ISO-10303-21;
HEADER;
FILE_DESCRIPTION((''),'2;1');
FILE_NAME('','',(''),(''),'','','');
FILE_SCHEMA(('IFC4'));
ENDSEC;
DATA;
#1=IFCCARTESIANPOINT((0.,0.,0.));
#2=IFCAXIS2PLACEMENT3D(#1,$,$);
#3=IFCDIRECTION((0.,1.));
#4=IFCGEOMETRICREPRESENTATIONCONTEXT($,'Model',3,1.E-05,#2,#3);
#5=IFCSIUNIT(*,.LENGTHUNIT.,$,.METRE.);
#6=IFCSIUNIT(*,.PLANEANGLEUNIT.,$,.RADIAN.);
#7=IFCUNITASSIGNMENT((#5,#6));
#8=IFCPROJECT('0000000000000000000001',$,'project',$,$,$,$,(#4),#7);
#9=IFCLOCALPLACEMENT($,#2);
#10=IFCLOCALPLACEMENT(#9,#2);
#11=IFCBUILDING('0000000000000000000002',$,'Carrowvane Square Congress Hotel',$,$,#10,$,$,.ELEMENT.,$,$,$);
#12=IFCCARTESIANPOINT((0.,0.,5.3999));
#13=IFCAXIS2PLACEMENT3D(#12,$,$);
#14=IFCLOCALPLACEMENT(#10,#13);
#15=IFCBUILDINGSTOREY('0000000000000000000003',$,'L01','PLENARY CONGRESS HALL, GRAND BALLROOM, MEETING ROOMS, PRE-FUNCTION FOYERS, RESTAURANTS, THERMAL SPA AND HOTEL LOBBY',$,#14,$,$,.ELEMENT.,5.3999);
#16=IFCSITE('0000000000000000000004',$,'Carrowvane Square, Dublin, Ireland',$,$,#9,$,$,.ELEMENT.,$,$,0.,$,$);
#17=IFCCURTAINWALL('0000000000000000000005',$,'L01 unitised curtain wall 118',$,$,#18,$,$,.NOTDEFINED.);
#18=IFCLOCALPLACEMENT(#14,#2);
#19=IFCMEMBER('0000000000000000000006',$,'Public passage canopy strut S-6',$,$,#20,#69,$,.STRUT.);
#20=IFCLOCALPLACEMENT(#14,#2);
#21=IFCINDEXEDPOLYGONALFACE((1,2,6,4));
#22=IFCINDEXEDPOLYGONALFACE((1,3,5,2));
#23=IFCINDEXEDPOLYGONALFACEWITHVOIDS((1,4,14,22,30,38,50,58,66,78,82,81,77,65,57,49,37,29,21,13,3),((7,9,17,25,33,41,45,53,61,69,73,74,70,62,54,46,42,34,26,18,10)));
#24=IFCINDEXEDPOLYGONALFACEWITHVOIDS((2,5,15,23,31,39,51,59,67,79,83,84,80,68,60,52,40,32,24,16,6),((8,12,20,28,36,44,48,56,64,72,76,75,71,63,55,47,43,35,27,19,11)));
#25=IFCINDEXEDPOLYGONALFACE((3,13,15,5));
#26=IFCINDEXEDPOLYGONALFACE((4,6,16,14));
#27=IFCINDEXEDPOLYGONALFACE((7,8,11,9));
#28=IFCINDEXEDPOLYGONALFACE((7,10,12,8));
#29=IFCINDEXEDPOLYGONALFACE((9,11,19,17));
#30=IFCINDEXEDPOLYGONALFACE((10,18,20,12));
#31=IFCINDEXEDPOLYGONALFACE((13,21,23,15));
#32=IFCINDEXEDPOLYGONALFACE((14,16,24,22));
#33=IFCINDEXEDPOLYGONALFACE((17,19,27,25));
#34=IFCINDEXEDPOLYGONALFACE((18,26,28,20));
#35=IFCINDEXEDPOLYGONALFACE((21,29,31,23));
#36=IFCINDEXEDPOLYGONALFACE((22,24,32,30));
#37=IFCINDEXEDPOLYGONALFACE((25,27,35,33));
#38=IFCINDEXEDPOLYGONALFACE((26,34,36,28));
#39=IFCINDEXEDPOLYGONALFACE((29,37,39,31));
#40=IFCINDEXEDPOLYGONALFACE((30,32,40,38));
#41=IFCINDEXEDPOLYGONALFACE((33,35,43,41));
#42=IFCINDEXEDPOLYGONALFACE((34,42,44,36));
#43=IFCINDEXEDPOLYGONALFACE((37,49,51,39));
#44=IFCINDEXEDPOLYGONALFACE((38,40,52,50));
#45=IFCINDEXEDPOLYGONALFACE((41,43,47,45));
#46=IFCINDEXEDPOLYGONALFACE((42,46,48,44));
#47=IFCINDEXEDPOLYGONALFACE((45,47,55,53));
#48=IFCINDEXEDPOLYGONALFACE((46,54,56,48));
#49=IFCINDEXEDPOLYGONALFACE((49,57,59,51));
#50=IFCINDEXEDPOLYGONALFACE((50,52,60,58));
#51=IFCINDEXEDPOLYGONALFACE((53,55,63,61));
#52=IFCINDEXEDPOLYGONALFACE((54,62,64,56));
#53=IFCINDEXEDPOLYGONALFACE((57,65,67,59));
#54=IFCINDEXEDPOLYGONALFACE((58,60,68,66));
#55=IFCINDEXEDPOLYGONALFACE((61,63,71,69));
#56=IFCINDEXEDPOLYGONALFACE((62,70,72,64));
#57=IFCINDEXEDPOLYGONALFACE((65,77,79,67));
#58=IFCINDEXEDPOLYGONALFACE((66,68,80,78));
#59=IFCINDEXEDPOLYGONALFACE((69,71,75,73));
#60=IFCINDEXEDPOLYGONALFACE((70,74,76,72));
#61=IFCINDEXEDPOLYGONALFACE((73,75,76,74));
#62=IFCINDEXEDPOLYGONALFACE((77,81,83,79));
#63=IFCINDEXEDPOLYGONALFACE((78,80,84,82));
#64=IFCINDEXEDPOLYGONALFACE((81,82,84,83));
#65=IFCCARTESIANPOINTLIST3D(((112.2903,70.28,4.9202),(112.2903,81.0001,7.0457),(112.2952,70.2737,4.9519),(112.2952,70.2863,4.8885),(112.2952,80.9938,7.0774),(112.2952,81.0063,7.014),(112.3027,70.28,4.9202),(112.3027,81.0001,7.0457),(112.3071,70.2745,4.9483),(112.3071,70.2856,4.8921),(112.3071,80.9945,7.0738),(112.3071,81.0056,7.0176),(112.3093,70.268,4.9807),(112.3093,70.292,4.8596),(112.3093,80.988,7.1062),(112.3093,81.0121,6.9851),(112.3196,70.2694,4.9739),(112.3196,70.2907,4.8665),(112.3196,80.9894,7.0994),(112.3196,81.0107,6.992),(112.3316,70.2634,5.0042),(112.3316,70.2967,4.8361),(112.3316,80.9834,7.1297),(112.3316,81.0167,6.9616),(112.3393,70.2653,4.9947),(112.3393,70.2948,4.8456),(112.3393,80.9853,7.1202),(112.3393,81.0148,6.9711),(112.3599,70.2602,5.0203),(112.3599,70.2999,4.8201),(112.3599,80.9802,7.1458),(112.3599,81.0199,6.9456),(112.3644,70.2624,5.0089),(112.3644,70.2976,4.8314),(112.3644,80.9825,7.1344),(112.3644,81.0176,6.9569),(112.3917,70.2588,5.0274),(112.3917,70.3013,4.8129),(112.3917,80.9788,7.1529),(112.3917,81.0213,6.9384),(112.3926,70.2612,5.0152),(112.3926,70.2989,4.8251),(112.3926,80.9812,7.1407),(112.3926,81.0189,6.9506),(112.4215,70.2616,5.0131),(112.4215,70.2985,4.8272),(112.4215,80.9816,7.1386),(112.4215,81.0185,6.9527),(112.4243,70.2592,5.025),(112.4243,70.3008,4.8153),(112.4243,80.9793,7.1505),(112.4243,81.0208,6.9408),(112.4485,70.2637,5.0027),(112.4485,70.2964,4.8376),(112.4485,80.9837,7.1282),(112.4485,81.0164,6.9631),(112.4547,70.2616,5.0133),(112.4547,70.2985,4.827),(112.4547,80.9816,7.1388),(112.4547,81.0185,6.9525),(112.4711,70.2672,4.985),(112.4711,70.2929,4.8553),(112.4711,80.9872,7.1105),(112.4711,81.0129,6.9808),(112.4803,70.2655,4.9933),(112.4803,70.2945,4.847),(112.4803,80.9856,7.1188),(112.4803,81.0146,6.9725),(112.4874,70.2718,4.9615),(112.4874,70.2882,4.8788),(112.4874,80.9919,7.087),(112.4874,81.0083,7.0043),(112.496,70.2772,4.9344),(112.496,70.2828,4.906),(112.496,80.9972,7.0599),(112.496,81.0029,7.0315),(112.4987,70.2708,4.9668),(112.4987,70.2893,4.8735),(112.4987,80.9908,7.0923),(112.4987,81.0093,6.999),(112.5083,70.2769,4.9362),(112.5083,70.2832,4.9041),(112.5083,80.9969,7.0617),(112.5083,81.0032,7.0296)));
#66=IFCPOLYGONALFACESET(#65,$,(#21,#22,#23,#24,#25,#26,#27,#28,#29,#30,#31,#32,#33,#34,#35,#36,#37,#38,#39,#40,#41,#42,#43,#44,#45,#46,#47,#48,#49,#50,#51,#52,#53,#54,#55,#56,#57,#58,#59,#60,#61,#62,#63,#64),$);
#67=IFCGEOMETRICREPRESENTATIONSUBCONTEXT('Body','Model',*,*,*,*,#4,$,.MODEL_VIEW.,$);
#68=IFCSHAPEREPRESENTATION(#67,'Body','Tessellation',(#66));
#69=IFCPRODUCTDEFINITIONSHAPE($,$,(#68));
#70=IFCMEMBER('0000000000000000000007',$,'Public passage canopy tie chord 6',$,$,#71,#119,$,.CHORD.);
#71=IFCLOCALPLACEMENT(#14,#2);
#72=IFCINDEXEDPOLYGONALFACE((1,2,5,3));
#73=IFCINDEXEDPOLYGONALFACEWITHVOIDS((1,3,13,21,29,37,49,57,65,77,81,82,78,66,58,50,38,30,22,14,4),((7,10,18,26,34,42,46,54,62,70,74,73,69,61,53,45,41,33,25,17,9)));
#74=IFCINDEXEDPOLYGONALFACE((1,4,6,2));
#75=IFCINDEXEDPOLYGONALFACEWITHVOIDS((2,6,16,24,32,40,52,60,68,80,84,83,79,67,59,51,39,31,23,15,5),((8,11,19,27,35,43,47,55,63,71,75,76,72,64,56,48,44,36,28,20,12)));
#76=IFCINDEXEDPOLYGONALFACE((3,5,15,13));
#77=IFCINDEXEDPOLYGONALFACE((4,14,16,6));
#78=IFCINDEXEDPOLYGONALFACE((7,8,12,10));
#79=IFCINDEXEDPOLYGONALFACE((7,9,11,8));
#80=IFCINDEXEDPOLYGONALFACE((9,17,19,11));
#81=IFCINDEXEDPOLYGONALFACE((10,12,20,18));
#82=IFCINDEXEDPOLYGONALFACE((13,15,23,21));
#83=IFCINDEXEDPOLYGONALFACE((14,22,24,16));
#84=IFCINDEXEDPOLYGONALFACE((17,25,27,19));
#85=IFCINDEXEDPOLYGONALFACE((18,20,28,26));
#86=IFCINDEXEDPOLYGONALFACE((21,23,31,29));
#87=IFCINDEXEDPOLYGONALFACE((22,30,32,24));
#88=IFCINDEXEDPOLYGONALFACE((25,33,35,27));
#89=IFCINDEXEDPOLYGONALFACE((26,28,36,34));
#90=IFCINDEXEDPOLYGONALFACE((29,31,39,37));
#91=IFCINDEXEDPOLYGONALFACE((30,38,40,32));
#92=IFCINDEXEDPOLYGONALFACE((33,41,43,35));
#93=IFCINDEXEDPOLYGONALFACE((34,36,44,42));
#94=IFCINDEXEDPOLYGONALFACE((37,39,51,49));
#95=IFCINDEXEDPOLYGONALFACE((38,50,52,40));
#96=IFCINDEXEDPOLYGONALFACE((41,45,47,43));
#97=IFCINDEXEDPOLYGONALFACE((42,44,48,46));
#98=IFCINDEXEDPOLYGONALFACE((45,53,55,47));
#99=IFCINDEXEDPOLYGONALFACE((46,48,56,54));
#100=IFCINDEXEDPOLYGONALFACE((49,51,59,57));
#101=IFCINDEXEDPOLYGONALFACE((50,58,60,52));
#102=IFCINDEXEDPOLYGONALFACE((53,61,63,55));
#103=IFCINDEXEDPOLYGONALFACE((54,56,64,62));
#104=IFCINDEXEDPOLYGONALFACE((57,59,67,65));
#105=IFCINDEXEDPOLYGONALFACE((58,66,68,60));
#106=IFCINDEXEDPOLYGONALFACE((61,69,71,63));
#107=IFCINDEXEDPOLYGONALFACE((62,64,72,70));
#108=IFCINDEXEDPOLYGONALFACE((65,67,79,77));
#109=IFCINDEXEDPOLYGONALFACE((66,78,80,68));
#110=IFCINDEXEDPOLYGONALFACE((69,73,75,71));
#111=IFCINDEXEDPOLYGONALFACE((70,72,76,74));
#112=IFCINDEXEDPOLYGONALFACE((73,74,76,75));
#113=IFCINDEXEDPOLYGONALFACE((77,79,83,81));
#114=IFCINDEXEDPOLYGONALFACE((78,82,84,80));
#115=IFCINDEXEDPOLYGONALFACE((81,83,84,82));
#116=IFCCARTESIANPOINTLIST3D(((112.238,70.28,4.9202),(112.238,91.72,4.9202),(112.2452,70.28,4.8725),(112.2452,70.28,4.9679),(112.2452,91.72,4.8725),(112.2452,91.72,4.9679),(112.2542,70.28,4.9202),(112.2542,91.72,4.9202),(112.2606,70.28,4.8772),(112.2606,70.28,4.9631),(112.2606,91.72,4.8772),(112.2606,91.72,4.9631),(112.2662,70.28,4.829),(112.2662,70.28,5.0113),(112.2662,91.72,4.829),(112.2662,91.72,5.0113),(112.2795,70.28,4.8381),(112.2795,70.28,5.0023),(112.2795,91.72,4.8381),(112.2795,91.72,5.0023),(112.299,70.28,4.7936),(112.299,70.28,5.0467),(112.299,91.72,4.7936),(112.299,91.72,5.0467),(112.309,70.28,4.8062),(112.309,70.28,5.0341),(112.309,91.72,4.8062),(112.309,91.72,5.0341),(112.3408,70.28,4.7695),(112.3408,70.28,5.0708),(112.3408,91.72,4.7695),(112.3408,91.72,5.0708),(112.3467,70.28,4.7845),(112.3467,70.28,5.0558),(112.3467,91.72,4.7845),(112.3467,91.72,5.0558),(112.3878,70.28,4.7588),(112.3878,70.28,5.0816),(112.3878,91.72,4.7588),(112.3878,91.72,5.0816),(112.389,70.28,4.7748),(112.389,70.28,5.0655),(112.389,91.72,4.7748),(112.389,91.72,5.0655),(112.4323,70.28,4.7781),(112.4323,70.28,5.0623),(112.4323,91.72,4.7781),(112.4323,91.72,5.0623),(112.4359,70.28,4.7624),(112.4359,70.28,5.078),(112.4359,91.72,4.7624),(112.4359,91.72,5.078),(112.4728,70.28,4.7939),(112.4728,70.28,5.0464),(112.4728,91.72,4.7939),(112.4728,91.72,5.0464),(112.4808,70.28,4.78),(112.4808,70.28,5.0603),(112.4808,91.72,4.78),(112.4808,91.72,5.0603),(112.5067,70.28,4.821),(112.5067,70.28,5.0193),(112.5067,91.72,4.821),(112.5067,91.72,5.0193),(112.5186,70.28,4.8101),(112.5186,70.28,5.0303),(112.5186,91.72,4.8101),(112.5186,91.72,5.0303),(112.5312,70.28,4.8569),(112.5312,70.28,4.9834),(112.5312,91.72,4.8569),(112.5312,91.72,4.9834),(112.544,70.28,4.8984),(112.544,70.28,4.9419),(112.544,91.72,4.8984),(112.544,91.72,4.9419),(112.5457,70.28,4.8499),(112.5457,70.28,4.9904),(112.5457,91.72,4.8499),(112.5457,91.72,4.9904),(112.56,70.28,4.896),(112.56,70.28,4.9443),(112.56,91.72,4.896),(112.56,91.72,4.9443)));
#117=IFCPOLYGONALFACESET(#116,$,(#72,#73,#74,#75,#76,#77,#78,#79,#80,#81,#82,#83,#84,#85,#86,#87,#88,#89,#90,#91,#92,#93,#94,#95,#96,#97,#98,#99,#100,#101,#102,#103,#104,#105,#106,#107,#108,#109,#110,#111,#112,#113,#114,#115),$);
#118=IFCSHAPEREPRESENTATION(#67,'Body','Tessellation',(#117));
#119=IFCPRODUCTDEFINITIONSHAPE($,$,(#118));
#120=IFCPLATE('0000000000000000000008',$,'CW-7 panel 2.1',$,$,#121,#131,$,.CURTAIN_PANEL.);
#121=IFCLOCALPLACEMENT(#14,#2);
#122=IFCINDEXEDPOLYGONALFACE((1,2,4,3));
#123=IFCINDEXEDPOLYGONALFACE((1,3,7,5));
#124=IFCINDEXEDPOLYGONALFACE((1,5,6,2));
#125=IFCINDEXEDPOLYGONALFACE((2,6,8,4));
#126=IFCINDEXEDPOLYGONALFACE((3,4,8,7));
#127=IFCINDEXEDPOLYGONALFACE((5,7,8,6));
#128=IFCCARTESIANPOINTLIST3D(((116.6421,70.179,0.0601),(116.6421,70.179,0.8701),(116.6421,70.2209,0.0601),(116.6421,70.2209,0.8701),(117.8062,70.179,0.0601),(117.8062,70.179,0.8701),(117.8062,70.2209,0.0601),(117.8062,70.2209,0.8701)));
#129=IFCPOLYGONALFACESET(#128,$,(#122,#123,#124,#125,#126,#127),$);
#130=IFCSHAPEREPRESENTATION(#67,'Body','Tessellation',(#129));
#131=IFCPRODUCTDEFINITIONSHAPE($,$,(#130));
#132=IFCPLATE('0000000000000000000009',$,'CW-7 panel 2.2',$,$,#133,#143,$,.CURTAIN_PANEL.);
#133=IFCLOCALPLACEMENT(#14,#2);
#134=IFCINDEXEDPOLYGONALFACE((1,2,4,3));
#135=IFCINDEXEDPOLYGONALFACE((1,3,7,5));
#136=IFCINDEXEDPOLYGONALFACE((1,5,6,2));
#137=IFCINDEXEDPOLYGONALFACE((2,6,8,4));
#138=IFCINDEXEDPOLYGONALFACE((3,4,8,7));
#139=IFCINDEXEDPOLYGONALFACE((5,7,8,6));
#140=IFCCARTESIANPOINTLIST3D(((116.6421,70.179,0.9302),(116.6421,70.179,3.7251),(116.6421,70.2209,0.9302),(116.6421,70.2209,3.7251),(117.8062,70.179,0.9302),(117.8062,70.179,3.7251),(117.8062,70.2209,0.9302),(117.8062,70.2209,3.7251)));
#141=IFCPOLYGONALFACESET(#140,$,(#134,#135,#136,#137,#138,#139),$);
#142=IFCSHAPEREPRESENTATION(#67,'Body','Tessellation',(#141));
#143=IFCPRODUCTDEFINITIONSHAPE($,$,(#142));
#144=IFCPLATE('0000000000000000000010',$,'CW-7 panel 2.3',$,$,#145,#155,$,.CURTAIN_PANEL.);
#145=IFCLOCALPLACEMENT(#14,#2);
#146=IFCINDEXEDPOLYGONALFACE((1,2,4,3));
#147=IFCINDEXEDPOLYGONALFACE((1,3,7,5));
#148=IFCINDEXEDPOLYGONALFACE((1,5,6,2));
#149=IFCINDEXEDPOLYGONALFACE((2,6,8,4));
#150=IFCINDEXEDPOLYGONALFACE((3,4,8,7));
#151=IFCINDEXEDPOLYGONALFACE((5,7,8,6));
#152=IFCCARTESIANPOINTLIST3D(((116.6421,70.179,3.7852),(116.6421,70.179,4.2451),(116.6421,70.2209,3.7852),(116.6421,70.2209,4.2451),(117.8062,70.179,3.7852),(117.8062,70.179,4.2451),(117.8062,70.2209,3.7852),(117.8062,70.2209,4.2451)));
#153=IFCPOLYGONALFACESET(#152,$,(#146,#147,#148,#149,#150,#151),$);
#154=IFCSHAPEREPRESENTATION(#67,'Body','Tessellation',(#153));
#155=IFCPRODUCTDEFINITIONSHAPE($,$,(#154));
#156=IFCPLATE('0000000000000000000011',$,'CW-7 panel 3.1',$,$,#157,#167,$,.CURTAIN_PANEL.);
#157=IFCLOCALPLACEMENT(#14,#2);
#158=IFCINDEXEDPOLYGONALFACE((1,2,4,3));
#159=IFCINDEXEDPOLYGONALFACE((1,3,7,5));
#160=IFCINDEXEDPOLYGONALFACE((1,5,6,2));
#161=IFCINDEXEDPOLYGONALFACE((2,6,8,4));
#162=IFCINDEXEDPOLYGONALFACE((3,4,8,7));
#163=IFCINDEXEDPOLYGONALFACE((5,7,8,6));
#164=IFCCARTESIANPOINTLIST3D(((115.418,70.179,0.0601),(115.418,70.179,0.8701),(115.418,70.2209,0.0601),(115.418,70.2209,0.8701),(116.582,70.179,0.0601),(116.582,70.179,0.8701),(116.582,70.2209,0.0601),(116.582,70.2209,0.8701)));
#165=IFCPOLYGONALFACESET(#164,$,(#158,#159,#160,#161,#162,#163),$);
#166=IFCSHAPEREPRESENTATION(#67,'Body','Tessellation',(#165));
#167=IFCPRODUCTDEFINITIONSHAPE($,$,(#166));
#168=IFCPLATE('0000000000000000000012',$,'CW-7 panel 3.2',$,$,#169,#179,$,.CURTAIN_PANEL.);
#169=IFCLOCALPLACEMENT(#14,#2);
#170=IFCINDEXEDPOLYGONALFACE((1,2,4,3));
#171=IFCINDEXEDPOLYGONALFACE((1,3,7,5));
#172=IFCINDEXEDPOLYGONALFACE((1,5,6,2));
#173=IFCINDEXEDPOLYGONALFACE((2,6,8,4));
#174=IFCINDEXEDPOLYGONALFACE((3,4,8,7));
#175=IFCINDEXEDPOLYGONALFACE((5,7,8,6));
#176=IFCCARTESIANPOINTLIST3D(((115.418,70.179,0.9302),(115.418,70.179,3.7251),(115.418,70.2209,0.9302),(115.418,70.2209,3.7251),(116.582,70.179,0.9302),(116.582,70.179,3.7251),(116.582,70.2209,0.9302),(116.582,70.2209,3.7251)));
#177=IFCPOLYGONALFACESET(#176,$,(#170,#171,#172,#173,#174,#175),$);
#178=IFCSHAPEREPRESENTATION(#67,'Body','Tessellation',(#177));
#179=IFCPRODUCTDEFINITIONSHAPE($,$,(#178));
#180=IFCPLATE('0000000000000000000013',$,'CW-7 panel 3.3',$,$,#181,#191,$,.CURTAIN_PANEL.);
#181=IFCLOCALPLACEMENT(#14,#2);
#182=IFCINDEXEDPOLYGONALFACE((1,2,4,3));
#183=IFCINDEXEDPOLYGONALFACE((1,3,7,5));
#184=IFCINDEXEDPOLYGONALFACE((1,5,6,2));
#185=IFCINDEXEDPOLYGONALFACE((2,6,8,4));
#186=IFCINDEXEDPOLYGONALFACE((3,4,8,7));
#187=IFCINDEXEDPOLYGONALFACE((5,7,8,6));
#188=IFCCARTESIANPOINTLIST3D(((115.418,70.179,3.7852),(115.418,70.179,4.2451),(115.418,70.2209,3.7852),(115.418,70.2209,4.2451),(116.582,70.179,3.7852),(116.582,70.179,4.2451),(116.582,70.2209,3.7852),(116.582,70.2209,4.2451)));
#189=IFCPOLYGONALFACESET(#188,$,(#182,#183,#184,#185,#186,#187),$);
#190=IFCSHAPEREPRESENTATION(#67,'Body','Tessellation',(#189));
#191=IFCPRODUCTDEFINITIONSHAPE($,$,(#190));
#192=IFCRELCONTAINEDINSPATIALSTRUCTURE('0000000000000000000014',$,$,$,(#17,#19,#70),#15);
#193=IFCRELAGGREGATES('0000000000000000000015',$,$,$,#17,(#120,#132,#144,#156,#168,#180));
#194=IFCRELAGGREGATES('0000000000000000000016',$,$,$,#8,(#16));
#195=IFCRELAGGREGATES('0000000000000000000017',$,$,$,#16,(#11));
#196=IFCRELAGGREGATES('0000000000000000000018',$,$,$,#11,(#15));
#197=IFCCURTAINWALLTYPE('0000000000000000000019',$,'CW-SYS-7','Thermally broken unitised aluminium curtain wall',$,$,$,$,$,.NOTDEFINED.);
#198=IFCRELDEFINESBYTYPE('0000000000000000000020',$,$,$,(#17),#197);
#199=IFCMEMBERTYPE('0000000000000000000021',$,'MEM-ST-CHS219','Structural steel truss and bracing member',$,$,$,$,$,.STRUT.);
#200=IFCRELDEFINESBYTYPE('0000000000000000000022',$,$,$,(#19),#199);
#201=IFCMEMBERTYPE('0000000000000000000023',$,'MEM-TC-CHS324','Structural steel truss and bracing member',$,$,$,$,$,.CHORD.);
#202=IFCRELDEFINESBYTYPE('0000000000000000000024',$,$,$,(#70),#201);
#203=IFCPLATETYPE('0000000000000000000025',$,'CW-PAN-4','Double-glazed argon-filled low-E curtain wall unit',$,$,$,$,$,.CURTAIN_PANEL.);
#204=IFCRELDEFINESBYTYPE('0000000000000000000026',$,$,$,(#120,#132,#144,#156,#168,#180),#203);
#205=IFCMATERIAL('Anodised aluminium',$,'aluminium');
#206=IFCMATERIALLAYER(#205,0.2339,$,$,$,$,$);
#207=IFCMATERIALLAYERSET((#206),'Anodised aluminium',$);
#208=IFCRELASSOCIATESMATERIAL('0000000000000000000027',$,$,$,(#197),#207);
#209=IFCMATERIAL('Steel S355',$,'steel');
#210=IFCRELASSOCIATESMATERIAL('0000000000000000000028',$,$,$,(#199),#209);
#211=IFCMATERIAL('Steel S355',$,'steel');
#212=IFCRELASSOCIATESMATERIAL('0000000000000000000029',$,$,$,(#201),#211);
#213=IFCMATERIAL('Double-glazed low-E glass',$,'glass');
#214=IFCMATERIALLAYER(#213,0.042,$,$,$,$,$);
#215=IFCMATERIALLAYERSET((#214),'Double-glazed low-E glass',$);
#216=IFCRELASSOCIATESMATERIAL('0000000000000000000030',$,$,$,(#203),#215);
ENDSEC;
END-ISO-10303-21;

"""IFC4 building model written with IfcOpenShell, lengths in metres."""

from ifc_helpers import new_model, si_unit, direction, frame, origin, origin_2d, place, context, subcontext, project, spatial, rectangle, hollow_circle, extrude, material, layer, layer_set, material_profile, profile_set, type_object, element, aggregate, save


model = new_model("IFC4")

# Units and contexts
model_context = context("Model", 3, precision=1e-05, world=origin(), true_north=direction((0.0, 1.0)))
body_context = subcontext(model_context, "Body", "Model", "MODEL_VIEW")
ifc_project = project(units=[si_unit("LENGTHUNIT", "METRE"), si_unit("PLANEANGLEUNIT", "RADIAN")], contexts=[model_context])

# Site, building, storey
site_placement = place(None, origin())
site = spatial("IfcSite", under=ifc_project, at=site_placement, Name="Carrowvane Square, Dublin, Ireland", CompositionType="ELEMENT", RefElevation=0.0)
building_placement = place(site_placement, origin())
building = spatial("IfcBuilding", under=site, at=building_placement, Name="Carrowvane Square Congress Hotel", CompositionType="ELEMENT")
storey_placement = place(building_placement, frame((0.0, 0.0, 5.3999)))
storey = spatial("IfcBuildingStorey", under=building, at=storey_placement, Name="L01", Description="PLENARY CONGRESS HALL, GRAND BALLROOM, MEETING ROOMS, PRE-FUNCTION FOYERS, RESTAURANTS, THERMAL SPA AND HOTEL LOBBY", CompositionType="ELEMENT", Elevation=5.3999)

# Curtain wall
ifc_material_1 = material(Name="Anodised aluminium", Category="aluminium")
ifc_layer_1 = layer(ifc_material_1, 0.2339)
ifc_layer_set_1 = layer_set([ifc_layer_1], Name="Anodised aluminium")
curtain_wall_type = type_object("IfcCurtainWallType", Name="CW-SYS-7", Description="Thermally broken unitised aluminium curtain wall", PredefinedType="NOTDEFINED", material=ifc_layer_set_1)
curtain_wall_placement = place(storey_placement, origin())
curtain_wall = element("IfcCurtainWall", 1, at=curtain_wall_placement, inside=storey, type_object=curtain_wall_type, Name="L01 unitised curtain wall 118", PredefinedType="NOTDEFINED")

# Members
ifc_material_2 = material(Name="Steel S355", Category="steel")
ifc_material_profile_1 = material_profile(ifc_material_2, hollow_circle(Radius=0.1096, WallThickness=0.0125, at=origin_2d()), Name="CHS 219.1x12.5")
ifc_profile_set_1 = profile_set([ifc_material_profile_1], Name="Steel S355")
member_type_1 = type_object("IfcMemberType", Name="MEM-ST-CHS219", Description="Structural steel truss and bracing member", PredefinedType="STRUT", material=ifc_profile_set_1)
member_1_placement = place(storey_placement, frame((112.3999, 70.28, 4.9202), z_axis=(0.0, 0.980905, 0.194488), x_axis=(-1.0, 0.0, 0.0)))
element("IfcMember", 2, at=member_1_placement, inside=storey, type_object=member_type_1, Name="Public passage canopy strut S-6", PredefinedType="STRUT", context=body_context, shape_type="SweptSolid", body=[
    extrude(hollow_circle(Radius=0.1096, WallThickness=0.0125, at=origin_2d()), origin(), (0.0, 0.0, 1.0), 10.9287),
])
ifc_material_3 = material(Name="Steel S355", Category="steel")
ifc_material_profile_2 = material_profile(ifc_material_3, hollow_circle(Radius=0.1619, WallThickness=0.0161, at=origin_2d()), Name="CHS 323.9x16")
ifc_profile_set_2 = profile_set([ifc_material_profile_2], Name="Steel S355")
member_type_2 = type_object("IfcMemberType", Name="MEM-TC-CHS324", Description="Structural steel truss and bracing member", PredefinedType="CHORD", material=ifc_profile_set_2)
member_2_placement = place(storey_placement, frame((112.3999, 70.28, 4.9202), z_axis=(0.0, 1.0, 0.0), x_axis=(-1.0, 0.0, 0.0)))
element("IfcMember", 3, at=member_2_placement, inside=storey, type_object=member_type_2, Name="Public passage canopy tie chord 6", PredefinedType="CHORD", context=body_context, shape_type="SweptSolid", body=[
    extrude(hollow_circle(Radius=0.1619, WallThickness=0.0161, at=origin_2d()), origin(), (0.0, 0.0, 1.0), 21.4399),
])

# Plates
ifc_material_4 = material(Name="Double-glazed low-E glass", Category="glass")
ifc_layer_2 = layer(ifc_material_4, 0.042)
ifc_layer_set_2 = layer_set([ifc_layer_2], Name="Double-glazed low-E glass")
plate_type_1 = type_object("IfcPlateType", Name="CW-PAN-4", Description="Double-glazed argon-filled low-E curtain wall unit", PredefinedType="CURTAIN_PANEL", material=ifc_layer_set_2)
plate_1_placement = place(storey_placement, frame((117.2241, 70.2, 0.0601), z_axis=(0.0, 0.0, 1.0), x_axis=(-1.0, 0.0, 0.0)))
plate_1 = element("IfcPlate", 4, at=plate_1_placement, type_object=plate_type_1, Name="CW-7 panel 2.1", PredefinedType="CURTAIN_PANEL", context=body_context, shape_type="SweptSolid", body=[
    extrude(rectangle(XDim=1.1641, YDim=0.042, at=origin_2d()), origin(), (0.0, 0.0, 1.0), 0.8101),
])
plate_2_placement = place(storey_placement, frame((117.2241, 70.2, 0.9302), z_axis=(0.0, 0.0, 1.0), x_axis=(-1.0, 0.0, 0.0)))
plate_2 = element("IfcPlate", 5, at=plate_2_placement, type_object=plate_type_1, Name="CW-7 panel 2.2", PredefinedType="CURTAIN_PANEL", context=body_context, shape_type="SweptSolid", body=[
    extrude(rectangle(XDim=1.1641, YDim=0.042, at=origin_2d()), origin(), (0.0, 0.0, 1.0), 2.7949),
])
plate_3_placement = place(storey_placement, frame((117.2241, 70.2, 3.7852), z_axis=(0.0, 0.0, 1.0), x_axis=(-1.0, 0.0, 0.0)))
plate_3 = element("IfcPlate", 6, at=plate_3_placement, type_object=plate_type_1, Name="CW-7 panel 2.3", PredefinedType="CURTAIN_PANEL", context=body_context, shape_type="SweptSolid", body=[
    extrude(rectangle(XDim=1.1641, YDim=0.042, at=origin_2d()), origin(), (0.0, 0.0, 1.0), 0.46),
])
plate_4_placement = place(storey_placement, frame((116.0, 70.2, 0.0601), z_axis=(0.0, 0.0, 1.0), x_axis=(-1.0, 0.0, 0.0)))
plate_4 = element("IfcPlate", 7, at=plate_4_placement, type_object=plate_type_1, Name="CW-7 panel 3.1", PredefinedType="CURTAIN_PANEL", context=body_context, shape_type="SweptSolid", body=[
    extrude(rectangle(XDim=1.1641, YDim=0.042, at=origin_2d()), origin(), (0.0, 0.0, 1.0), 0.8101),
])
plate_5_placement = place(storey_placement, frame((116.0, 70.2, 0.9302), z_axis=(0.0, 0.0, 1.0), x_axis=(-1.0, 0.0, 0.0)))
plate_5 = element("IfcPlate", 8, at=plate_5_placement, type_object=plate_type_1, Name="CW-7 panel 3.2", PredefinedType="CURTAIN_PANEL", context=body_context, shape_type="SweptSolid", body=[
    extrude(rectangle(XDim=1.1641, YDim=0.042, at=origin_2d()), origin(), (0.0, 0.0, 1.0), 2.7949),
])
plate_6_placement = place(storey_placement, frame((116.0, 70.2, 3.7852), z_axis=(0.0, 0.0, 1.0), x_axis=(-1.0, 0.0, 0.0)))
plate_6 = element("IfcPlate", 9, at=plate_6_placement, type_object=plate_type_1, Name="CW-7 panel 3.3", PredefinedType="CURTAIN_PANEL", context=body_context, shape_type="SweptSolid", body=[
    extrude(rectangle(XDim=1.1641, YDim=0.042, at=origin_2d()), origin(), (0.0, 0.0, 1.0), 0.46),
])
aggregate(curtain_wall, [plate_1, plate_2, plate_3, plate_4, plate_5, plate_6])

save(model, "model.ifc")
